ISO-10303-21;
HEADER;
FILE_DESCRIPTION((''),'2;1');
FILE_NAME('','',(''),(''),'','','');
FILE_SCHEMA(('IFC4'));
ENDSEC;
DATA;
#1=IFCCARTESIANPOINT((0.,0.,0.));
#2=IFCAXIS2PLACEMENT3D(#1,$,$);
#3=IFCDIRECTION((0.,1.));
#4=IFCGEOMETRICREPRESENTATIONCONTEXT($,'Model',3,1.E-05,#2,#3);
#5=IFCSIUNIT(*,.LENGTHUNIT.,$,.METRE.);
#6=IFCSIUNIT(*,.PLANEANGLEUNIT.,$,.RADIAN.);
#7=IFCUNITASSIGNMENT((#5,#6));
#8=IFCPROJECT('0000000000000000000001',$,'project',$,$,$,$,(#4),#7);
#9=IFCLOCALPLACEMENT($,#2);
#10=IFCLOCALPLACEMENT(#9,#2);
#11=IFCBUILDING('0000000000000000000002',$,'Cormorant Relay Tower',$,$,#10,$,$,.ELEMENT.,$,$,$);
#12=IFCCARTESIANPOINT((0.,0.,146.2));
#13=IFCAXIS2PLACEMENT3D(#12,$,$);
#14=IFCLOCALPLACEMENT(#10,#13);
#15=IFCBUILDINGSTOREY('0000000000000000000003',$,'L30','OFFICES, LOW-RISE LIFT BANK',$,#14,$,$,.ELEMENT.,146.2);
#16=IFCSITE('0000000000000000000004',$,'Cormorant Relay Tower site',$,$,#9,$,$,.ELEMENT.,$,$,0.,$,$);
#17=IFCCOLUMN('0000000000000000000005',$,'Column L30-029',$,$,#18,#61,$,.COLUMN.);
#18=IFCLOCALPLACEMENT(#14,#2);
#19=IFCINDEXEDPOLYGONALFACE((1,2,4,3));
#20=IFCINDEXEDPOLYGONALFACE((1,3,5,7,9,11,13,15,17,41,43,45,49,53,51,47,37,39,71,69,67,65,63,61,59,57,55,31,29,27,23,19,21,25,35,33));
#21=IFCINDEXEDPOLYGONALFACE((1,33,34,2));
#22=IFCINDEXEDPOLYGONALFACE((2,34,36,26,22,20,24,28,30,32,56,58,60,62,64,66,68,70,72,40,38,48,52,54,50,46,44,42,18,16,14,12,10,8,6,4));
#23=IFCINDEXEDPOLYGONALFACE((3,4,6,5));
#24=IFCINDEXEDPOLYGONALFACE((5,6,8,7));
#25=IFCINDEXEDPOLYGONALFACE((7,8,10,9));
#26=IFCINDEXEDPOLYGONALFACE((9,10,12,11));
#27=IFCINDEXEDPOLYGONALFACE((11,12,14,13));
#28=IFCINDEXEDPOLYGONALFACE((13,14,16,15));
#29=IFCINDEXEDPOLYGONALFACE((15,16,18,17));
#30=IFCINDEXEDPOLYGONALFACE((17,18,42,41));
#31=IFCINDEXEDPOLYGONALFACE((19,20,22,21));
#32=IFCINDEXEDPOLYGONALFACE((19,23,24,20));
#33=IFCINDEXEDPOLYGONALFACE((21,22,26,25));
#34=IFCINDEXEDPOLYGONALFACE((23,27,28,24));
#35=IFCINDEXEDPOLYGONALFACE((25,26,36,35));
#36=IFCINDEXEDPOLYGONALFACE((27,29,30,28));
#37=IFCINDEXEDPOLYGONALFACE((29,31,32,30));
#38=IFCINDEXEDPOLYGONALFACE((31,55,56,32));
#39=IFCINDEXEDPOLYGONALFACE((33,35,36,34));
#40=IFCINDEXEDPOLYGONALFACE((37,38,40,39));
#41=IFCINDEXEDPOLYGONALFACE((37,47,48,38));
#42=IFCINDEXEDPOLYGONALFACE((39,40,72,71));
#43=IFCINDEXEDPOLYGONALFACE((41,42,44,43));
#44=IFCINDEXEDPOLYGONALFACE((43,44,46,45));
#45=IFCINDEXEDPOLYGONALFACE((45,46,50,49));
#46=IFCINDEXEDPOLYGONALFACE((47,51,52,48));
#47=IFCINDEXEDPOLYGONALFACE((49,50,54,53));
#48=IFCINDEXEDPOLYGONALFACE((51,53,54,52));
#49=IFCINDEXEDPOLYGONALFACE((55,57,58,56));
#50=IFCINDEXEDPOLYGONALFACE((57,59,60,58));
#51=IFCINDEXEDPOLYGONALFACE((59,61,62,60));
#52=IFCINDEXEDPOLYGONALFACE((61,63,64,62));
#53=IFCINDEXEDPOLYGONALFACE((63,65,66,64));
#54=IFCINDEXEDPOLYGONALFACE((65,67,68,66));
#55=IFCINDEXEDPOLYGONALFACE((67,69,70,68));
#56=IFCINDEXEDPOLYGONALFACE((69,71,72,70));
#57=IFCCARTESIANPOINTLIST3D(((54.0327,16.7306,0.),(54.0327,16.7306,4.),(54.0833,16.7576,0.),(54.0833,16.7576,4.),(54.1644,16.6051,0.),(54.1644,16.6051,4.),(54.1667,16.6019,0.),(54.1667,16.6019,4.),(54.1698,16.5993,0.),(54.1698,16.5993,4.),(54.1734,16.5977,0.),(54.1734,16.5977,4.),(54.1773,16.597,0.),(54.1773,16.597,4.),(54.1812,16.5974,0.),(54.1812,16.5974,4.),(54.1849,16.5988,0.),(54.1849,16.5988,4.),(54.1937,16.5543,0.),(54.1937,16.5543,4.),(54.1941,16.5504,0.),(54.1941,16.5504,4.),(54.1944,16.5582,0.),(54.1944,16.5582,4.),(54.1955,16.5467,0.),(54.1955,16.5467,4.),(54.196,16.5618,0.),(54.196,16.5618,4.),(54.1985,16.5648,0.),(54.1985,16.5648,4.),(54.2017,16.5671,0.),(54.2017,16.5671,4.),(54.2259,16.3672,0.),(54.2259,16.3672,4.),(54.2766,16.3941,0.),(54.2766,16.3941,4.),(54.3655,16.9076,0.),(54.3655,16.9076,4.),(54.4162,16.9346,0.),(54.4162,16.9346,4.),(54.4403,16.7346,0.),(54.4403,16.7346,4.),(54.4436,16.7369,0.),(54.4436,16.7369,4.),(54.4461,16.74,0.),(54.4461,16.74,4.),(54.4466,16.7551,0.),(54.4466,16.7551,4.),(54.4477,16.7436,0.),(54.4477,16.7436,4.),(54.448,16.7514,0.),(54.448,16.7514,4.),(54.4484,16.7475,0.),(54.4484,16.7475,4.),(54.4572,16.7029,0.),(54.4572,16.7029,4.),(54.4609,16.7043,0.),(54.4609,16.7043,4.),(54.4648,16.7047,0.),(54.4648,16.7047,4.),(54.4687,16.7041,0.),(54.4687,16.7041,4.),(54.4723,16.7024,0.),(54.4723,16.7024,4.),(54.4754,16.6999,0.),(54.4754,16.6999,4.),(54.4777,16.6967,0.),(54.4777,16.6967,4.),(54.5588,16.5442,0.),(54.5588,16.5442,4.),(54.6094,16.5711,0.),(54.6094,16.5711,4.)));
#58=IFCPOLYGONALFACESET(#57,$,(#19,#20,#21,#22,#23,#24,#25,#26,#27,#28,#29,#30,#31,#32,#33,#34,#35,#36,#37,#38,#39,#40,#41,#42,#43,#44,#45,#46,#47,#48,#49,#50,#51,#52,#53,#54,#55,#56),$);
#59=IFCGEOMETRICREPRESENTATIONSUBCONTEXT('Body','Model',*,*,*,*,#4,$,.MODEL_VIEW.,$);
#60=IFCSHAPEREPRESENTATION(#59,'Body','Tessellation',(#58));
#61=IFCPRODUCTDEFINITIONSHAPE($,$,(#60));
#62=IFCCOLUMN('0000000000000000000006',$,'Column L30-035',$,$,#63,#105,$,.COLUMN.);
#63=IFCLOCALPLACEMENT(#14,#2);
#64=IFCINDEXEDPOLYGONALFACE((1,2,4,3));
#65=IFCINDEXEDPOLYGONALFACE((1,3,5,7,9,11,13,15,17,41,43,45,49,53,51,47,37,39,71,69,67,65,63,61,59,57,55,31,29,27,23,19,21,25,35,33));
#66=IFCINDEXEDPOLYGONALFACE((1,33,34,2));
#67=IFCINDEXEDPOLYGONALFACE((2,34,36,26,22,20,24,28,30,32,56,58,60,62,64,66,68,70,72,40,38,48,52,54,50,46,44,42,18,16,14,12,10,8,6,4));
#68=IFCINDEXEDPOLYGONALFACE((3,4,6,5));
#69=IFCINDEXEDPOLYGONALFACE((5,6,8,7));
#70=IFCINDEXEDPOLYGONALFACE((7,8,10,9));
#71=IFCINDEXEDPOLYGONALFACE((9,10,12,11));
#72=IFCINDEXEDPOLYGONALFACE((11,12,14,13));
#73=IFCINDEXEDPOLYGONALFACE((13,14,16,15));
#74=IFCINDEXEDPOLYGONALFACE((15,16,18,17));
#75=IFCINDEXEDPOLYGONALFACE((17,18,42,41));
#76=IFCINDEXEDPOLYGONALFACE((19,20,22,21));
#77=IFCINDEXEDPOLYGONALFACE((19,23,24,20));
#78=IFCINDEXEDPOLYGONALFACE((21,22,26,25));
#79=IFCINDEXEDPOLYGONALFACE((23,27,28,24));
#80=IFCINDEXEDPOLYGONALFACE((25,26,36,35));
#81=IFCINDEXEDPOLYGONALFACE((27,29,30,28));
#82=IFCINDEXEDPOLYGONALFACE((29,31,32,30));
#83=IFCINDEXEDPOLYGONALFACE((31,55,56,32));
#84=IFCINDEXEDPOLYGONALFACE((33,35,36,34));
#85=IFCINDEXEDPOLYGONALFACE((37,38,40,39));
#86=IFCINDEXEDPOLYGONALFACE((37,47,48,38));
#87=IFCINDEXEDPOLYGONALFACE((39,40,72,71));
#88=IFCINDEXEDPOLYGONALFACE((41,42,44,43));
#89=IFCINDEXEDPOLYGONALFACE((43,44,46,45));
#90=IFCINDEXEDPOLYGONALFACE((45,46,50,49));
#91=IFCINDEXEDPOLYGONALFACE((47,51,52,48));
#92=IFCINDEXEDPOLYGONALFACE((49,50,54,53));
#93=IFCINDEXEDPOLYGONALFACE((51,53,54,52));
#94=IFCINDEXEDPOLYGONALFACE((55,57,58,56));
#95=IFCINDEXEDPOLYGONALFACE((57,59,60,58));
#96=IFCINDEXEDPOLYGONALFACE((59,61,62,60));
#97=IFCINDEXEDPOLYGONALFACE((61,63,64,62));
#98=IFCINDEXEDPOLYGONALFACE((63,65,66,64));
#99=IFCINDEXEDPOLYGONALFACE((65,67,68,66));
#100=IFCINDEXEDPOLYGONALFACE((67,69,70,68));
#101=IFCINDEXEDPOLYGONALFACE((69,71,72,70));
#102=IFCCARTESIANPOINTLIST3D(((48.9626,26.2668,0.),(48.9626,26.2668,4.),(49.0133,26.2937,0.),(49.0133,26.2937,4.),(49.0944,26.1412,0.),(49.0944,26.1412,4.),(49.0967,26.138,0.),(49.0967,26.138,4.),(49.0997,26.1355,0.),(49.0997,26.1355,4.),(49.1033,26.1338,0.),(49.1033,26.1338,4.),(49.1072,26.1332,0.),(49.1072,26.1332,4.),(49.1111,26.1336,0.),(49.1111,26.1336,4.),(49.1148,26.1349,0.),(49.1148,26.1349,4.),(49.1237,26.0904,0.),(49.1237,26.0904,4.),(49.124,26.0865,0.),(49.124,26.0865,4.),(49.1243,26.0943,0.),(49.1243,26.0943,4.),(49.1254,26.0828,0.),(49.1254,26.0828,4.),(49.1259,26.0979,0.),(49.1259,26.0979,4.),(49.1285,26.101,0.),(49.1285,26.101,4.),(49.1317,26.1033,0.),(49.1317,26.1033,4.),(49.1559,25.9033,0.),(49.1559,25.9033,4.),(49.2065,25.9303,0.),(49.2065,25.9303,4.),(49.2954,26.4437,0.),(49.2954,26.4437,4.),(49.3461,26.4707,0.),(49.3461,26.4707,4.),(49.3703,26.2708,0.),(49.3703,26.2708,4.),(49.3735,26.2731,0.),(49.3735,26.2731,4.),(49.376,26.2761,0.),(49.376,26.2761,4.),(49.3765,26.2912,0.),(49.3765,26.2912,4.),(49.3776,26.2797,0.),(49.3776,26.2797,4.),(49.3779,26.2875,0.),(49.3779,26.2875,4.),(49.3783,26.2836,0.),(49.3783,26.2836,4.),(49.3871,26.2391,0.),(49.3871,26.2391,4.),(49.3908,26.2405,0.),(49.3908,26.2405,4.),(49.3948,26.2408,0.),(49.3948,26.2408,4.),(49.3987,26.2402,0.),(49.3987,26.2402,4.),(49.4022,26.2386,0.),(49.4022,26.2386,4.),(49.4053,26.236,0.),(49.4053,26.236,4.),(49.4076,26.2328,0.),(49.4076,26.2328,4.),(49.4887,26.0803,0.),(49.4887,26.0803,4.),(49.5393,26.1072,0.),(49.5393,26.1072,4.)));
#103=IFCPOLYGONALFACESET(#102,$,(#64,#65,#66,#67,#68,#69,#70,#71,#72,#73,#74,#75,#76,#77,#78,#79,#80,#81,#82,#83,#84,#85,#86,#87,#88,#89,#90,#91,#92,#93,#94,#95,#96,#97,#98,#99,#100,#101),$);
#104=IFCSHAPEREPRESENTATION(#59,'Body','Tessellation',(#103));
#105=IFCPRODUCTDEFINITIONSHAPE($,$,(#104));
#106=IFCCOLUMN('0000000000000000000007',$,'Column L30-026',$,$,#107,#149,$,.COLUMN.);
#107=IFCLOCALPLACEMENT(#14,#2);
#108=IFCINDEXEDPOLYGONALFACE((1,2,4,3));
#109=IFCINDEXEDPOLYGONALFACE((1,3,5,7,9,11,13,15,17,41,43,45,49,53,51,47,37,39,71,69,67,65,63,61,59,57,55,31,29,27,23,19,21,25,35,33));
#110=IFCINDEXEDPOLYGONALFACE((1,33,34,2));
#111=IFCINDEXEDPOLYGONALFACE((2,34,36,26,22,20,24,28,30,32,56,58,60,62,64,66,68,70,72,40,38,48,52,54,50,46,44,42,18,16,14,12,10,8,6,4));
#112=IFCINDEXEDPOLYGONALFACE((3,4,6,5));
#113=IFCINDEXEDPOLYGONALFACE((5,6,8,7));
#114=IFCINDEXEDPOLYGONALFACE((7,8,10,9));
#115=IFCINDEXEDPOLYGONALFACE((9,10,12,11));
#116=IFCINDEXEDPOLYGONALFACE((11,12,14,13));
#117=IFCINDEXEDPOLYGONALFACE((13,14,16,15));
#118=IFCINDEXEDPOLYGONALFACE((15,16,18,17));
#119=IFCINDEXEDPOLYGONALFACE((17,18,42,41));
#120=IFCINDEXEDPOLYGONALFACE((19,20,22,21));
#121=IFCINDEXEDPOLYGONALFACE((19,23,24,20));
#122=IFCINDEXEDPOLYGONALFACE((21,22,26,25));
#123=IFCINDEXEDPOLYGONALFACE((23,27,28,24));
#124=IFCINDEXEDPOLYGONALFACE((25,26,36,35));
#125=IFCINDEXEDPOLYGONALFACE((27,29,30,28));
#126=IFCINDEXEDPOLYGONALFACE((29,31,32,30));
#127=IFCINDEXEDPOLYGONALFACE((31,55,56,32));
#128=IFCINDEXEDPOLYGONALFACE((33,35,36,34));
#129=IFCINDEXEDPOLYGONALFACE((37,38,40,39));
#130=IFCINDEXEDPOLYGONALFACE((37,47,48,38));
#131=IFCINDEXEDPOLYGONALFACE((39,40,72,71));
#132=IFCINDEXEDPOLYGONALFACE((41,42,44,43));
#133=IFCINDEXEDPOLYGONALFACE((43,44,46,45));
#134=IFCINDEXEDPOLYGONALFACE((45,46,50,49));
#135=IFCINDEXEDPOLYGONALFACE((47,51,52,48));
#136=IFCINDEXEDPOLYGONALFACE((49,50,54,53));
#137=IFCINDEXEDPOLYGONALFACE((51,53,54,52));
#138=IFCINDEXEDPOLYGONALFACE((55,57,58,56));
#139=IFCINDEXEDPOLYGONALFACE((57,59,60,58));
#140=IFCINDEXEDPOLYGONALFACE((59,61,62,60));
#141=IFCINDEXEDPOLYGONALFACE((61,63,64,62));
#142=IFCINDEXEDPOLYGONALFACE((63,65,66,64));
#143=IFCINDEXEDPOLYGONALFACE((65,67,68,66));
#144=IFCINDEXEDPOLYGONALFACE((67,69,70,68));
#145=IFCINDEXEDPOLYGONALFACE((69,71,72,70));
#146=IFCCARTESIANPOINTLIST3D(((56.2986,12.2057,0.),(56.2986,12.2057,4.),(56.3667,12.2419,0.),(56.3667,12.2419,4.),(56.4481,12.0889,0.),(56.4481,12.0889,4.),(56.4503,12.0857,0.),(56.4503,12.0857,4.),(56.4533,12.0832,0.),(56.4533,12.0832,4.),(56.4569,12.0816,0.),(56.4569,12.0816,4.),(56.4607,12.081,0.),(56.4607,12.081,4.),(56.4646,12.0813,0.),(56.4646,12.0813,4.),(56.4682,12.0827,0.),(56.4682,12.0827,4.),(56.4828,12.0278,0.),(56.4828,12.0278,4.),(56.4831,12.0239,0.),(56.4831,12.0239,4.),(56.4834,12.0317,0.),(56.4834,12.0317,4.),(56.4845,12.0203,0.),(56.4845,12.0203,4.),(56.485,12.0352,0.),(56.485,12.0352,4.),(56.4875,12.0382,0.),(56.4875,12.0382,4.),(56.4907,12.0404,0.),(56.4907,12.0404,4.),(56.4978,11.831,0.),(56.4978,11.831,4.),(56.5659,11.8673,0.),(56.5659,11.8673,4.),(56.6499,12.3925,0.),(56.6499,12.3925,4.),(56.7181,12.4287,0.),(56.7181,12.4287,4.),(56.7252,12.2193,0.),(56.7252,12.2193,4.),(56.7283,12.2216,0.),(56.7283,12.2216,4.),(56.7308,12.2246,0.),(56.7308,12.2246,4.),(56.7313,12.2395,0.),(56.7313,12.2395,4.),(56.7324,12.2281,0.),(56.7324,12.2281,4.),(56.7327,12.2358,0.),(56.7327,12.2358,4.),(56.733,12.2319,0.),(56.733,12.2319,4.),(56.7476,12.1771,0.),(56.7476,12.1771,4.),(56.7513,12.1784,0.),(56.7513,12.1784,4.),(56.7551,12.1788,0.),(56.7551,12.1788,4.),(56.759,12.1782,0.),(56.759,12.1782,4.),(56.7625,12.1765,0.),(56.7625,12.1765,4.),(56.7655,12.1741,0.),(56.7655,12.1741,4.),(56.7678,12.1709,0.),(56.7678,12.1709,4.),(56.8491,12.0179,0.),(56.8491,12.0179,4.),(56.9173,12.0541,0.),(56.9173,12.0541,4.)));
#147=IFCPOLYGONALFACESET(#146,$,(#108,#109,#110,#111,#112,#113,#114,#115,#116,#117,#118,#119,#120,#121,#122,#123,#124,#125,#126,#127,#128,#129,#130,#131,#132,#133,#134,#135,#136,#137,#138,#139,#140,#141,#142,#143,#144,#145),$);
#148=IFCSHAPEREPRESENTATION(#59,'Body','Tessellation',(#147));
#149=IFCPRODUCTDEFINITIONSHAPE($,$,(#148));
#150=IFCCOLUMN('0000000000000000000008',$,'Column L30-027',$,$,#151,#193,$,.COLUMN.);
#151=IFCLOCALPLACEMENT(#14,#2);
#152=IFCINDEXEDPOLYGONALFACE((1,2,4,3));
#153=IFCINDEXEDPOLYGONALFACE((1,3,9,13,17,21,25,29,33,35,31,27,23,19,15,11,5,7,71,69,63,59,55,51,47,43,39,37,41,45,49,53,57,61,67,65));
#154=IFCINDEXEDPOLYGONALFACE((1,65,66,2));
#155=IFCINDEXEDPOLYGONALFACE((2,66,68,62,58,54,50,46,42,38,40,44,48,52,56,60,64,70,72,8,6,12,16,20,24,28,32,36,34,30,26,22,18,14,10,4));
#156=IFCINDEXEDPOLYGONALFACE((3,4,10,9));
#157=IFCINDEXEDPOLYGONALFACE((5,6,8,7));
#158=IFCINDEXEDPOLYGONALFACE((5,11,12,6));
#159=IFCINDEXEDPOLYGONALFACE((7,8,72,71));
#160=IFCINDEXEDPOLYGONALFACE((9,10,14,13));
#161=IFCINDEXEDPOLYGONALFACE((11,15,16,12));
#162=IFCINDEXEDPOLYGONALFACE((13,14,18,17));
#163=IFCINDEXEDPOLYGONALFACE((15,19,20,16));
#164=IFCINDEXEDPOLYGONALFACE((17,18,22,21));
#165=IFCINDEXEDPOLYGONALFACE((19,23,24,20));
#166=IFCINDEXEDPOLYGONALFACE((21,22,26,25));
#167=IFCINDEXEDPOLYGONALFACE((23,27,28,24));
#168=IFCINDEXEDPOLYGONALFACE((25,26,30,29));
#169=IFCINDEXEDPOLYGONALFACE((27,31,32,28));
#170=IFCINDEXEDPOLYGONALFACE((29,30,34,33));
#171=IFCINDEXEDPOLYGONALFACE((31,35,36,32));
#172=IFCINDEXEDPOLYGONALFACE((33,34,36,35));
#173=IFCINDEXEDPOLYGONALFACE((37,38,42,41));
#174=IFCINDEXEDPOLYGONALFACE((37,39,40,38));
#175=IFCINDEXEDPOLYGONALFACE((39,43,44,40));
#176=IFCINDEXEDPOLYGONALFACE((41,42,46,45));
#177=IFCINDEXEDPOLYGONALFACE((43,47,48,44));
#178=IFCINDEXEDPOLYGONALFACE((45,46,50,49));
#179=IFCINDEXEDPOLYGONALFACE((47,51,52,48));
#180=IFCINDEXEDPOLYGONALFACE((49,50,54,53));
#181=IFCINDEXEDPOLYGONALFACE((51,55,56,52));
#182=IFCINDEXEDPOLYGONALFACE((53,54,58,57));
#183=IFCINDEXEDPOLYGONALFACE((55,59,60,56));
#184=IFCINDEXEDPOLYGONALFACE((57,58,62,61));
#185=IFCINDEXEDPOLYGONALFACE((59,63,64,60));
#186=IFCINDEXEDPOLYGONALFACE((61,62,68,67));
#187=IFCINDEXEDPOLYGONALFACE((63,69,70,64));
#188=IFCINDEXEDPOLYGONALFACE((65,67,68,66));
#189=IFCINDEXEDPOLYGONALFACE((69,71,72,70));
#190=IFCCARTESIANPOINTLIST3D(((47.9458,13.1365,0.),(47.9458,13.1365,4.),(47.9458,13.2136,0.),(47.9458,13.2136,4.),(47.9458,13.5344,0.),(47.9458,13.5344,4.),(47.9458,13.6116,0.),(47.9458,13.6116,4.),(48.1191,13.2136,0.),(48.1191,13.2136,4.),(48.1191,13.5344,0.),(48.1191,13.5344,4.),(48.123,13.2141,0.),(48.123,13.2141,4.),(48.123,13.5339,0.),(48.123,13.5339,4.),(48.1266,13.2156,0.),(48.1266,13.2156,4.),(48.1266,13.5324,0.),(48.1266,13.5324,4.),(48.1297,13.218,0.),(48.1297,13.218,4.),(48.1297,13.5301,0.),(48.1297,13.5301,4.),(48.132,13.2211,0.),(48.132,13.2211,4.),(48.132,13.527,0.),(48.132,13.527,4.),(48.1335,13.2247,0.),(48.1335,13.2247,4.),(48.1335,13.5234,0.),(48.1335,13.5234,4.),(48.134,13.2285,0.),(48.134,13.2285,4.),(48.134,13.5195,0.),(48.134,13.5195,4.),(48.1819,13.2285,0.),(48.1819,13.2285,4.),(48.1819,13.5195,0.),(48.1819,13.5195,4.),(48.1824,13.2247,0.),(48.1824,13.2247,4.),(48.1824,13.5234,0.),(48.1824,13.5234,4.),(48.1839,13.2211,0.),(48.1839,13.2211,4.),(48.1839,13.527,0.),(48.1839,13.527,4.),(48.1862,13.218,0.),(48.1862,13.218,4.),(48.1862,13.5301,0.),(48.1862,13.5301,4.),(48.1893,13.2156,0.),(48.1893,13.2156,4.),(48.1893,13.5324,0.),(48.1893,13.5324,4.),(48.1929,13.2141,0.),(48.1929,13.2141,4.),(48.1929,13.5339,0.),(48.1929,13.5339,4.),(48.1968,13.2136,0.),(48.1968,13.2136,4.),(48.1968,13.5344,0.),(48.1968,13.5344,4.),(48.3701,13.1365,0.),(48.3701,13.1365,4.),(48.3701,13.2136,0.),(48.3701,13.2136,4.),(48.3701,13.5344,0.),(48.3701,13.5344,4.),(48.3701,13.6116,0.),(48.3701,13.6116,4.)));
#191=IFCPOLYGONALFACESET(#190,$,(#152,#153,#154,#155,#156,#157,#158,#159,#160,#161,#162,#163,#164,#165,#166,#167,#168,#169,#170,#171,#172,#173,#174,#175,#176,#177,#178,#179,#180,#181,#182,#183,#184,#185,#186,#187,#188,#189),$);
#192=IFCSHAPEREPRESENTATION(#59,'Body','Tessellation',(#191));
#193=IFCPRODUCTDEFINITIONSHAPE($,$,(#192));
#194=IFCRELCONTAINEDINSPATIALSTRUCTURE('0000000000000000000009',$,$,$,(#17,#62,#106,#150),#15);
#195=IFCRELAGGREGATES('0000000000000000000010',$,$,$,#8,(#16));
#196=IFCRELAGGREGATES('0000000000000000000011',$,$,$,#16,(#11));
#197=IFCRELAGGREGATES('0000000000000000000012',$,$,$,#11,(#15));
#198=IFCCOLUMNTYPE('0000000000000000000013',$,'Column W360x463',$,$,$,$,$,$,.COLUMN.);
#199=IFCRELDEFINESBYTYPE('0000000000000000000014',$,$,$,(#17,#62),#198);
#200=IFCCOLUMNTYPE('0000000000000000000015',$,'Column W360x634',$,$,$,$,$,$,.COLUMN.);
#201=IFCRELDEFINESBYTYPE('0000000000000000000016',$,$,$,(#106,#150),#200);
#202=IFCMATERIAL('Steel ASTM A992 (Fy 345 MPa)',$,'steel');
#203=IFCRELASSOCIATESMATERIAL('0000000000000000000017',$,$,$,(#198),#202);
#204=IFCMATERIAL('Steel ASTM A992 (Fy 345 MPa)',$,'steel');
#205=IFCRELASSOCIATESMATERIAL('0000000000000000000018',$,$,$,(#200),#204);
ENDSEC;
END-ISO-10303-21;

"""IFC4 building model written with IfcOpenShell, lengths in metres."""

from ifc_helpers import new_model, si_unit, direction, frame, origin, origin_2d, place, context, subcontext, project, spatial, i_section, extrude, material, material_profile, profile_set, type_object, element, save


model = new_model("IFC4")

# Units and contexts
model_context = context("Model", 3, precision=1e-05, world=origin(), true_north=direction((0.0, 1.0)))
body_context = subcontext(model_context, "Body", "Model", "MODEL_VIEW")
ifc_project = project(units=[si_unit("LENGTHUNIT", "METRE"), si_unit("PLANEANGLEUNIT", "RADIAN")], contexts=[model_context])

# Site, building, storey
site_placement = place(None, origin())
site = spatial("IfcSite", under=ifc_project, at=site_placement, Name="Cormorant Relay Tower site", CompositionType="ELEMENT", RefElevation=0.0)
building_placement = place(site_placement, origin())
building = spatial("IfcBuilding", under=site, at=building_placement, Name="Cormorant Relay Tower", CompositionType="ELEMENT")
storey_placement = place(building_placement, frame((0.0, 0.0, 146.2)))
storey = spatial("IfcBuildingStorey", under=building, at=storey_placement, Name="L30", Description="OFFICES, LOW-RISE LIFT BANK", CompositionType="ELEMENT", Elevation=146.2)

# Columns
ifc_material_1 = material(Name="Steel ASTM A992 (Fy 345 MPa)", Category="steel")
ifc_material_profile_1 = material_profile(ifc_material_1, i_section(OverallWidth=0.4116, OverallDepth=0.4343, WebThickness=0.0359, FlangeThickness=0.0574, FilletRadius=0.0151, at=origin_2d()), Name="W360x463")
ifc_profile_set_1 = profile_set([ifc_material_profile_1], Name="Steel ASTM A992 (Fy 345 MPa)")
column_type_1 = type_object("IfcColumnType", Name="Column W360x463", PredefinedType="COLUMN", material=ifc_profile_set_1)
for number, where, z_axis, x_axis, name in (
    (1, (54.321, 16.6509, 0.0), (0.0, 0.0, 1.0), (-0.469472, 0.882948, 0.0), "Column L30-029"),
    (2, (49.251, 26.187, 0.0), (0.0, 0.0, 1.0), (-0.469472, 0.882948, 0.0), "Column L30-035"),
):
    element("IfcColumn", number, at=place(storey_placement, frame(where, z_axis=z_axis, x_axis=x_axis)), inside=storey, type_object=column_type_1, Name=name, PredefinedType="COLUMN", context=body_context, shape_type="SweptSolid", body=[
        extrude(i_section(OverallWidth=0.4116, OverallDepth=0.4343, WebThickness=0.0359, FlangeThickness=0.0574, FilletRadius=0.0151, at=origin_2d()), origin(), (0.0, 0.0, 1.0), 4.0),
    ])
ifc_material_2 = material(Name="Steel ASTM A992 (Fy 345 MPa)", Category="steel")
ifc_material_profile_2 = material_profile(ifc_material_2, i_section(OverallWidth=0.4243, OverallDepth=0.4751, WebThickness=0.0479, FlangeThickness=0.0771, FilletRadius=0.0149, at=origin_2d()), Name="W360x634")
ifc_profile_set_2 = profile_set([ifc_material_profile_2], Name="Steel ASTM A992 (Fy 345 MPa)")
column_type_2 = type_object("IfcColumnType", Name="Column W360x634", PredefinedType="COLUMN", material=ifc_profile_set_2)
for number, where, z_axis, x_axis, name in (
    (3, (56.6079, 12.1299, 0.0), (0.0, 0.0, 1.0), (-0.469472, 0.882948, 0.0), "Column L30-026"),
    (4, (48.158, 13.374, 0.0), (0.0, 0.0, 1.0), (1.0, 0.0, 0.0), "Column L30-027"),
):
    element("IfcColumn", number, at=place(storey_placement, frame(where, z_axis=z_axis, x_axis=x_axis)), inside=storey, type_object=column_type_2, Name=name, PredefinedType="COLUMN", context=body_context, shape_type="SweptSolid", body=[
        extrude(i_section(OverallWidth=0.4243, OverallDepth=0.4751, WebThickness=0.0479, FlangeThickness=0.0771, FilletRadius=0.0149, at=origin_2d()), origin(), (0.0, 0.0, 1.0), 4.0),
    ])

save(model, "model.ifc")
